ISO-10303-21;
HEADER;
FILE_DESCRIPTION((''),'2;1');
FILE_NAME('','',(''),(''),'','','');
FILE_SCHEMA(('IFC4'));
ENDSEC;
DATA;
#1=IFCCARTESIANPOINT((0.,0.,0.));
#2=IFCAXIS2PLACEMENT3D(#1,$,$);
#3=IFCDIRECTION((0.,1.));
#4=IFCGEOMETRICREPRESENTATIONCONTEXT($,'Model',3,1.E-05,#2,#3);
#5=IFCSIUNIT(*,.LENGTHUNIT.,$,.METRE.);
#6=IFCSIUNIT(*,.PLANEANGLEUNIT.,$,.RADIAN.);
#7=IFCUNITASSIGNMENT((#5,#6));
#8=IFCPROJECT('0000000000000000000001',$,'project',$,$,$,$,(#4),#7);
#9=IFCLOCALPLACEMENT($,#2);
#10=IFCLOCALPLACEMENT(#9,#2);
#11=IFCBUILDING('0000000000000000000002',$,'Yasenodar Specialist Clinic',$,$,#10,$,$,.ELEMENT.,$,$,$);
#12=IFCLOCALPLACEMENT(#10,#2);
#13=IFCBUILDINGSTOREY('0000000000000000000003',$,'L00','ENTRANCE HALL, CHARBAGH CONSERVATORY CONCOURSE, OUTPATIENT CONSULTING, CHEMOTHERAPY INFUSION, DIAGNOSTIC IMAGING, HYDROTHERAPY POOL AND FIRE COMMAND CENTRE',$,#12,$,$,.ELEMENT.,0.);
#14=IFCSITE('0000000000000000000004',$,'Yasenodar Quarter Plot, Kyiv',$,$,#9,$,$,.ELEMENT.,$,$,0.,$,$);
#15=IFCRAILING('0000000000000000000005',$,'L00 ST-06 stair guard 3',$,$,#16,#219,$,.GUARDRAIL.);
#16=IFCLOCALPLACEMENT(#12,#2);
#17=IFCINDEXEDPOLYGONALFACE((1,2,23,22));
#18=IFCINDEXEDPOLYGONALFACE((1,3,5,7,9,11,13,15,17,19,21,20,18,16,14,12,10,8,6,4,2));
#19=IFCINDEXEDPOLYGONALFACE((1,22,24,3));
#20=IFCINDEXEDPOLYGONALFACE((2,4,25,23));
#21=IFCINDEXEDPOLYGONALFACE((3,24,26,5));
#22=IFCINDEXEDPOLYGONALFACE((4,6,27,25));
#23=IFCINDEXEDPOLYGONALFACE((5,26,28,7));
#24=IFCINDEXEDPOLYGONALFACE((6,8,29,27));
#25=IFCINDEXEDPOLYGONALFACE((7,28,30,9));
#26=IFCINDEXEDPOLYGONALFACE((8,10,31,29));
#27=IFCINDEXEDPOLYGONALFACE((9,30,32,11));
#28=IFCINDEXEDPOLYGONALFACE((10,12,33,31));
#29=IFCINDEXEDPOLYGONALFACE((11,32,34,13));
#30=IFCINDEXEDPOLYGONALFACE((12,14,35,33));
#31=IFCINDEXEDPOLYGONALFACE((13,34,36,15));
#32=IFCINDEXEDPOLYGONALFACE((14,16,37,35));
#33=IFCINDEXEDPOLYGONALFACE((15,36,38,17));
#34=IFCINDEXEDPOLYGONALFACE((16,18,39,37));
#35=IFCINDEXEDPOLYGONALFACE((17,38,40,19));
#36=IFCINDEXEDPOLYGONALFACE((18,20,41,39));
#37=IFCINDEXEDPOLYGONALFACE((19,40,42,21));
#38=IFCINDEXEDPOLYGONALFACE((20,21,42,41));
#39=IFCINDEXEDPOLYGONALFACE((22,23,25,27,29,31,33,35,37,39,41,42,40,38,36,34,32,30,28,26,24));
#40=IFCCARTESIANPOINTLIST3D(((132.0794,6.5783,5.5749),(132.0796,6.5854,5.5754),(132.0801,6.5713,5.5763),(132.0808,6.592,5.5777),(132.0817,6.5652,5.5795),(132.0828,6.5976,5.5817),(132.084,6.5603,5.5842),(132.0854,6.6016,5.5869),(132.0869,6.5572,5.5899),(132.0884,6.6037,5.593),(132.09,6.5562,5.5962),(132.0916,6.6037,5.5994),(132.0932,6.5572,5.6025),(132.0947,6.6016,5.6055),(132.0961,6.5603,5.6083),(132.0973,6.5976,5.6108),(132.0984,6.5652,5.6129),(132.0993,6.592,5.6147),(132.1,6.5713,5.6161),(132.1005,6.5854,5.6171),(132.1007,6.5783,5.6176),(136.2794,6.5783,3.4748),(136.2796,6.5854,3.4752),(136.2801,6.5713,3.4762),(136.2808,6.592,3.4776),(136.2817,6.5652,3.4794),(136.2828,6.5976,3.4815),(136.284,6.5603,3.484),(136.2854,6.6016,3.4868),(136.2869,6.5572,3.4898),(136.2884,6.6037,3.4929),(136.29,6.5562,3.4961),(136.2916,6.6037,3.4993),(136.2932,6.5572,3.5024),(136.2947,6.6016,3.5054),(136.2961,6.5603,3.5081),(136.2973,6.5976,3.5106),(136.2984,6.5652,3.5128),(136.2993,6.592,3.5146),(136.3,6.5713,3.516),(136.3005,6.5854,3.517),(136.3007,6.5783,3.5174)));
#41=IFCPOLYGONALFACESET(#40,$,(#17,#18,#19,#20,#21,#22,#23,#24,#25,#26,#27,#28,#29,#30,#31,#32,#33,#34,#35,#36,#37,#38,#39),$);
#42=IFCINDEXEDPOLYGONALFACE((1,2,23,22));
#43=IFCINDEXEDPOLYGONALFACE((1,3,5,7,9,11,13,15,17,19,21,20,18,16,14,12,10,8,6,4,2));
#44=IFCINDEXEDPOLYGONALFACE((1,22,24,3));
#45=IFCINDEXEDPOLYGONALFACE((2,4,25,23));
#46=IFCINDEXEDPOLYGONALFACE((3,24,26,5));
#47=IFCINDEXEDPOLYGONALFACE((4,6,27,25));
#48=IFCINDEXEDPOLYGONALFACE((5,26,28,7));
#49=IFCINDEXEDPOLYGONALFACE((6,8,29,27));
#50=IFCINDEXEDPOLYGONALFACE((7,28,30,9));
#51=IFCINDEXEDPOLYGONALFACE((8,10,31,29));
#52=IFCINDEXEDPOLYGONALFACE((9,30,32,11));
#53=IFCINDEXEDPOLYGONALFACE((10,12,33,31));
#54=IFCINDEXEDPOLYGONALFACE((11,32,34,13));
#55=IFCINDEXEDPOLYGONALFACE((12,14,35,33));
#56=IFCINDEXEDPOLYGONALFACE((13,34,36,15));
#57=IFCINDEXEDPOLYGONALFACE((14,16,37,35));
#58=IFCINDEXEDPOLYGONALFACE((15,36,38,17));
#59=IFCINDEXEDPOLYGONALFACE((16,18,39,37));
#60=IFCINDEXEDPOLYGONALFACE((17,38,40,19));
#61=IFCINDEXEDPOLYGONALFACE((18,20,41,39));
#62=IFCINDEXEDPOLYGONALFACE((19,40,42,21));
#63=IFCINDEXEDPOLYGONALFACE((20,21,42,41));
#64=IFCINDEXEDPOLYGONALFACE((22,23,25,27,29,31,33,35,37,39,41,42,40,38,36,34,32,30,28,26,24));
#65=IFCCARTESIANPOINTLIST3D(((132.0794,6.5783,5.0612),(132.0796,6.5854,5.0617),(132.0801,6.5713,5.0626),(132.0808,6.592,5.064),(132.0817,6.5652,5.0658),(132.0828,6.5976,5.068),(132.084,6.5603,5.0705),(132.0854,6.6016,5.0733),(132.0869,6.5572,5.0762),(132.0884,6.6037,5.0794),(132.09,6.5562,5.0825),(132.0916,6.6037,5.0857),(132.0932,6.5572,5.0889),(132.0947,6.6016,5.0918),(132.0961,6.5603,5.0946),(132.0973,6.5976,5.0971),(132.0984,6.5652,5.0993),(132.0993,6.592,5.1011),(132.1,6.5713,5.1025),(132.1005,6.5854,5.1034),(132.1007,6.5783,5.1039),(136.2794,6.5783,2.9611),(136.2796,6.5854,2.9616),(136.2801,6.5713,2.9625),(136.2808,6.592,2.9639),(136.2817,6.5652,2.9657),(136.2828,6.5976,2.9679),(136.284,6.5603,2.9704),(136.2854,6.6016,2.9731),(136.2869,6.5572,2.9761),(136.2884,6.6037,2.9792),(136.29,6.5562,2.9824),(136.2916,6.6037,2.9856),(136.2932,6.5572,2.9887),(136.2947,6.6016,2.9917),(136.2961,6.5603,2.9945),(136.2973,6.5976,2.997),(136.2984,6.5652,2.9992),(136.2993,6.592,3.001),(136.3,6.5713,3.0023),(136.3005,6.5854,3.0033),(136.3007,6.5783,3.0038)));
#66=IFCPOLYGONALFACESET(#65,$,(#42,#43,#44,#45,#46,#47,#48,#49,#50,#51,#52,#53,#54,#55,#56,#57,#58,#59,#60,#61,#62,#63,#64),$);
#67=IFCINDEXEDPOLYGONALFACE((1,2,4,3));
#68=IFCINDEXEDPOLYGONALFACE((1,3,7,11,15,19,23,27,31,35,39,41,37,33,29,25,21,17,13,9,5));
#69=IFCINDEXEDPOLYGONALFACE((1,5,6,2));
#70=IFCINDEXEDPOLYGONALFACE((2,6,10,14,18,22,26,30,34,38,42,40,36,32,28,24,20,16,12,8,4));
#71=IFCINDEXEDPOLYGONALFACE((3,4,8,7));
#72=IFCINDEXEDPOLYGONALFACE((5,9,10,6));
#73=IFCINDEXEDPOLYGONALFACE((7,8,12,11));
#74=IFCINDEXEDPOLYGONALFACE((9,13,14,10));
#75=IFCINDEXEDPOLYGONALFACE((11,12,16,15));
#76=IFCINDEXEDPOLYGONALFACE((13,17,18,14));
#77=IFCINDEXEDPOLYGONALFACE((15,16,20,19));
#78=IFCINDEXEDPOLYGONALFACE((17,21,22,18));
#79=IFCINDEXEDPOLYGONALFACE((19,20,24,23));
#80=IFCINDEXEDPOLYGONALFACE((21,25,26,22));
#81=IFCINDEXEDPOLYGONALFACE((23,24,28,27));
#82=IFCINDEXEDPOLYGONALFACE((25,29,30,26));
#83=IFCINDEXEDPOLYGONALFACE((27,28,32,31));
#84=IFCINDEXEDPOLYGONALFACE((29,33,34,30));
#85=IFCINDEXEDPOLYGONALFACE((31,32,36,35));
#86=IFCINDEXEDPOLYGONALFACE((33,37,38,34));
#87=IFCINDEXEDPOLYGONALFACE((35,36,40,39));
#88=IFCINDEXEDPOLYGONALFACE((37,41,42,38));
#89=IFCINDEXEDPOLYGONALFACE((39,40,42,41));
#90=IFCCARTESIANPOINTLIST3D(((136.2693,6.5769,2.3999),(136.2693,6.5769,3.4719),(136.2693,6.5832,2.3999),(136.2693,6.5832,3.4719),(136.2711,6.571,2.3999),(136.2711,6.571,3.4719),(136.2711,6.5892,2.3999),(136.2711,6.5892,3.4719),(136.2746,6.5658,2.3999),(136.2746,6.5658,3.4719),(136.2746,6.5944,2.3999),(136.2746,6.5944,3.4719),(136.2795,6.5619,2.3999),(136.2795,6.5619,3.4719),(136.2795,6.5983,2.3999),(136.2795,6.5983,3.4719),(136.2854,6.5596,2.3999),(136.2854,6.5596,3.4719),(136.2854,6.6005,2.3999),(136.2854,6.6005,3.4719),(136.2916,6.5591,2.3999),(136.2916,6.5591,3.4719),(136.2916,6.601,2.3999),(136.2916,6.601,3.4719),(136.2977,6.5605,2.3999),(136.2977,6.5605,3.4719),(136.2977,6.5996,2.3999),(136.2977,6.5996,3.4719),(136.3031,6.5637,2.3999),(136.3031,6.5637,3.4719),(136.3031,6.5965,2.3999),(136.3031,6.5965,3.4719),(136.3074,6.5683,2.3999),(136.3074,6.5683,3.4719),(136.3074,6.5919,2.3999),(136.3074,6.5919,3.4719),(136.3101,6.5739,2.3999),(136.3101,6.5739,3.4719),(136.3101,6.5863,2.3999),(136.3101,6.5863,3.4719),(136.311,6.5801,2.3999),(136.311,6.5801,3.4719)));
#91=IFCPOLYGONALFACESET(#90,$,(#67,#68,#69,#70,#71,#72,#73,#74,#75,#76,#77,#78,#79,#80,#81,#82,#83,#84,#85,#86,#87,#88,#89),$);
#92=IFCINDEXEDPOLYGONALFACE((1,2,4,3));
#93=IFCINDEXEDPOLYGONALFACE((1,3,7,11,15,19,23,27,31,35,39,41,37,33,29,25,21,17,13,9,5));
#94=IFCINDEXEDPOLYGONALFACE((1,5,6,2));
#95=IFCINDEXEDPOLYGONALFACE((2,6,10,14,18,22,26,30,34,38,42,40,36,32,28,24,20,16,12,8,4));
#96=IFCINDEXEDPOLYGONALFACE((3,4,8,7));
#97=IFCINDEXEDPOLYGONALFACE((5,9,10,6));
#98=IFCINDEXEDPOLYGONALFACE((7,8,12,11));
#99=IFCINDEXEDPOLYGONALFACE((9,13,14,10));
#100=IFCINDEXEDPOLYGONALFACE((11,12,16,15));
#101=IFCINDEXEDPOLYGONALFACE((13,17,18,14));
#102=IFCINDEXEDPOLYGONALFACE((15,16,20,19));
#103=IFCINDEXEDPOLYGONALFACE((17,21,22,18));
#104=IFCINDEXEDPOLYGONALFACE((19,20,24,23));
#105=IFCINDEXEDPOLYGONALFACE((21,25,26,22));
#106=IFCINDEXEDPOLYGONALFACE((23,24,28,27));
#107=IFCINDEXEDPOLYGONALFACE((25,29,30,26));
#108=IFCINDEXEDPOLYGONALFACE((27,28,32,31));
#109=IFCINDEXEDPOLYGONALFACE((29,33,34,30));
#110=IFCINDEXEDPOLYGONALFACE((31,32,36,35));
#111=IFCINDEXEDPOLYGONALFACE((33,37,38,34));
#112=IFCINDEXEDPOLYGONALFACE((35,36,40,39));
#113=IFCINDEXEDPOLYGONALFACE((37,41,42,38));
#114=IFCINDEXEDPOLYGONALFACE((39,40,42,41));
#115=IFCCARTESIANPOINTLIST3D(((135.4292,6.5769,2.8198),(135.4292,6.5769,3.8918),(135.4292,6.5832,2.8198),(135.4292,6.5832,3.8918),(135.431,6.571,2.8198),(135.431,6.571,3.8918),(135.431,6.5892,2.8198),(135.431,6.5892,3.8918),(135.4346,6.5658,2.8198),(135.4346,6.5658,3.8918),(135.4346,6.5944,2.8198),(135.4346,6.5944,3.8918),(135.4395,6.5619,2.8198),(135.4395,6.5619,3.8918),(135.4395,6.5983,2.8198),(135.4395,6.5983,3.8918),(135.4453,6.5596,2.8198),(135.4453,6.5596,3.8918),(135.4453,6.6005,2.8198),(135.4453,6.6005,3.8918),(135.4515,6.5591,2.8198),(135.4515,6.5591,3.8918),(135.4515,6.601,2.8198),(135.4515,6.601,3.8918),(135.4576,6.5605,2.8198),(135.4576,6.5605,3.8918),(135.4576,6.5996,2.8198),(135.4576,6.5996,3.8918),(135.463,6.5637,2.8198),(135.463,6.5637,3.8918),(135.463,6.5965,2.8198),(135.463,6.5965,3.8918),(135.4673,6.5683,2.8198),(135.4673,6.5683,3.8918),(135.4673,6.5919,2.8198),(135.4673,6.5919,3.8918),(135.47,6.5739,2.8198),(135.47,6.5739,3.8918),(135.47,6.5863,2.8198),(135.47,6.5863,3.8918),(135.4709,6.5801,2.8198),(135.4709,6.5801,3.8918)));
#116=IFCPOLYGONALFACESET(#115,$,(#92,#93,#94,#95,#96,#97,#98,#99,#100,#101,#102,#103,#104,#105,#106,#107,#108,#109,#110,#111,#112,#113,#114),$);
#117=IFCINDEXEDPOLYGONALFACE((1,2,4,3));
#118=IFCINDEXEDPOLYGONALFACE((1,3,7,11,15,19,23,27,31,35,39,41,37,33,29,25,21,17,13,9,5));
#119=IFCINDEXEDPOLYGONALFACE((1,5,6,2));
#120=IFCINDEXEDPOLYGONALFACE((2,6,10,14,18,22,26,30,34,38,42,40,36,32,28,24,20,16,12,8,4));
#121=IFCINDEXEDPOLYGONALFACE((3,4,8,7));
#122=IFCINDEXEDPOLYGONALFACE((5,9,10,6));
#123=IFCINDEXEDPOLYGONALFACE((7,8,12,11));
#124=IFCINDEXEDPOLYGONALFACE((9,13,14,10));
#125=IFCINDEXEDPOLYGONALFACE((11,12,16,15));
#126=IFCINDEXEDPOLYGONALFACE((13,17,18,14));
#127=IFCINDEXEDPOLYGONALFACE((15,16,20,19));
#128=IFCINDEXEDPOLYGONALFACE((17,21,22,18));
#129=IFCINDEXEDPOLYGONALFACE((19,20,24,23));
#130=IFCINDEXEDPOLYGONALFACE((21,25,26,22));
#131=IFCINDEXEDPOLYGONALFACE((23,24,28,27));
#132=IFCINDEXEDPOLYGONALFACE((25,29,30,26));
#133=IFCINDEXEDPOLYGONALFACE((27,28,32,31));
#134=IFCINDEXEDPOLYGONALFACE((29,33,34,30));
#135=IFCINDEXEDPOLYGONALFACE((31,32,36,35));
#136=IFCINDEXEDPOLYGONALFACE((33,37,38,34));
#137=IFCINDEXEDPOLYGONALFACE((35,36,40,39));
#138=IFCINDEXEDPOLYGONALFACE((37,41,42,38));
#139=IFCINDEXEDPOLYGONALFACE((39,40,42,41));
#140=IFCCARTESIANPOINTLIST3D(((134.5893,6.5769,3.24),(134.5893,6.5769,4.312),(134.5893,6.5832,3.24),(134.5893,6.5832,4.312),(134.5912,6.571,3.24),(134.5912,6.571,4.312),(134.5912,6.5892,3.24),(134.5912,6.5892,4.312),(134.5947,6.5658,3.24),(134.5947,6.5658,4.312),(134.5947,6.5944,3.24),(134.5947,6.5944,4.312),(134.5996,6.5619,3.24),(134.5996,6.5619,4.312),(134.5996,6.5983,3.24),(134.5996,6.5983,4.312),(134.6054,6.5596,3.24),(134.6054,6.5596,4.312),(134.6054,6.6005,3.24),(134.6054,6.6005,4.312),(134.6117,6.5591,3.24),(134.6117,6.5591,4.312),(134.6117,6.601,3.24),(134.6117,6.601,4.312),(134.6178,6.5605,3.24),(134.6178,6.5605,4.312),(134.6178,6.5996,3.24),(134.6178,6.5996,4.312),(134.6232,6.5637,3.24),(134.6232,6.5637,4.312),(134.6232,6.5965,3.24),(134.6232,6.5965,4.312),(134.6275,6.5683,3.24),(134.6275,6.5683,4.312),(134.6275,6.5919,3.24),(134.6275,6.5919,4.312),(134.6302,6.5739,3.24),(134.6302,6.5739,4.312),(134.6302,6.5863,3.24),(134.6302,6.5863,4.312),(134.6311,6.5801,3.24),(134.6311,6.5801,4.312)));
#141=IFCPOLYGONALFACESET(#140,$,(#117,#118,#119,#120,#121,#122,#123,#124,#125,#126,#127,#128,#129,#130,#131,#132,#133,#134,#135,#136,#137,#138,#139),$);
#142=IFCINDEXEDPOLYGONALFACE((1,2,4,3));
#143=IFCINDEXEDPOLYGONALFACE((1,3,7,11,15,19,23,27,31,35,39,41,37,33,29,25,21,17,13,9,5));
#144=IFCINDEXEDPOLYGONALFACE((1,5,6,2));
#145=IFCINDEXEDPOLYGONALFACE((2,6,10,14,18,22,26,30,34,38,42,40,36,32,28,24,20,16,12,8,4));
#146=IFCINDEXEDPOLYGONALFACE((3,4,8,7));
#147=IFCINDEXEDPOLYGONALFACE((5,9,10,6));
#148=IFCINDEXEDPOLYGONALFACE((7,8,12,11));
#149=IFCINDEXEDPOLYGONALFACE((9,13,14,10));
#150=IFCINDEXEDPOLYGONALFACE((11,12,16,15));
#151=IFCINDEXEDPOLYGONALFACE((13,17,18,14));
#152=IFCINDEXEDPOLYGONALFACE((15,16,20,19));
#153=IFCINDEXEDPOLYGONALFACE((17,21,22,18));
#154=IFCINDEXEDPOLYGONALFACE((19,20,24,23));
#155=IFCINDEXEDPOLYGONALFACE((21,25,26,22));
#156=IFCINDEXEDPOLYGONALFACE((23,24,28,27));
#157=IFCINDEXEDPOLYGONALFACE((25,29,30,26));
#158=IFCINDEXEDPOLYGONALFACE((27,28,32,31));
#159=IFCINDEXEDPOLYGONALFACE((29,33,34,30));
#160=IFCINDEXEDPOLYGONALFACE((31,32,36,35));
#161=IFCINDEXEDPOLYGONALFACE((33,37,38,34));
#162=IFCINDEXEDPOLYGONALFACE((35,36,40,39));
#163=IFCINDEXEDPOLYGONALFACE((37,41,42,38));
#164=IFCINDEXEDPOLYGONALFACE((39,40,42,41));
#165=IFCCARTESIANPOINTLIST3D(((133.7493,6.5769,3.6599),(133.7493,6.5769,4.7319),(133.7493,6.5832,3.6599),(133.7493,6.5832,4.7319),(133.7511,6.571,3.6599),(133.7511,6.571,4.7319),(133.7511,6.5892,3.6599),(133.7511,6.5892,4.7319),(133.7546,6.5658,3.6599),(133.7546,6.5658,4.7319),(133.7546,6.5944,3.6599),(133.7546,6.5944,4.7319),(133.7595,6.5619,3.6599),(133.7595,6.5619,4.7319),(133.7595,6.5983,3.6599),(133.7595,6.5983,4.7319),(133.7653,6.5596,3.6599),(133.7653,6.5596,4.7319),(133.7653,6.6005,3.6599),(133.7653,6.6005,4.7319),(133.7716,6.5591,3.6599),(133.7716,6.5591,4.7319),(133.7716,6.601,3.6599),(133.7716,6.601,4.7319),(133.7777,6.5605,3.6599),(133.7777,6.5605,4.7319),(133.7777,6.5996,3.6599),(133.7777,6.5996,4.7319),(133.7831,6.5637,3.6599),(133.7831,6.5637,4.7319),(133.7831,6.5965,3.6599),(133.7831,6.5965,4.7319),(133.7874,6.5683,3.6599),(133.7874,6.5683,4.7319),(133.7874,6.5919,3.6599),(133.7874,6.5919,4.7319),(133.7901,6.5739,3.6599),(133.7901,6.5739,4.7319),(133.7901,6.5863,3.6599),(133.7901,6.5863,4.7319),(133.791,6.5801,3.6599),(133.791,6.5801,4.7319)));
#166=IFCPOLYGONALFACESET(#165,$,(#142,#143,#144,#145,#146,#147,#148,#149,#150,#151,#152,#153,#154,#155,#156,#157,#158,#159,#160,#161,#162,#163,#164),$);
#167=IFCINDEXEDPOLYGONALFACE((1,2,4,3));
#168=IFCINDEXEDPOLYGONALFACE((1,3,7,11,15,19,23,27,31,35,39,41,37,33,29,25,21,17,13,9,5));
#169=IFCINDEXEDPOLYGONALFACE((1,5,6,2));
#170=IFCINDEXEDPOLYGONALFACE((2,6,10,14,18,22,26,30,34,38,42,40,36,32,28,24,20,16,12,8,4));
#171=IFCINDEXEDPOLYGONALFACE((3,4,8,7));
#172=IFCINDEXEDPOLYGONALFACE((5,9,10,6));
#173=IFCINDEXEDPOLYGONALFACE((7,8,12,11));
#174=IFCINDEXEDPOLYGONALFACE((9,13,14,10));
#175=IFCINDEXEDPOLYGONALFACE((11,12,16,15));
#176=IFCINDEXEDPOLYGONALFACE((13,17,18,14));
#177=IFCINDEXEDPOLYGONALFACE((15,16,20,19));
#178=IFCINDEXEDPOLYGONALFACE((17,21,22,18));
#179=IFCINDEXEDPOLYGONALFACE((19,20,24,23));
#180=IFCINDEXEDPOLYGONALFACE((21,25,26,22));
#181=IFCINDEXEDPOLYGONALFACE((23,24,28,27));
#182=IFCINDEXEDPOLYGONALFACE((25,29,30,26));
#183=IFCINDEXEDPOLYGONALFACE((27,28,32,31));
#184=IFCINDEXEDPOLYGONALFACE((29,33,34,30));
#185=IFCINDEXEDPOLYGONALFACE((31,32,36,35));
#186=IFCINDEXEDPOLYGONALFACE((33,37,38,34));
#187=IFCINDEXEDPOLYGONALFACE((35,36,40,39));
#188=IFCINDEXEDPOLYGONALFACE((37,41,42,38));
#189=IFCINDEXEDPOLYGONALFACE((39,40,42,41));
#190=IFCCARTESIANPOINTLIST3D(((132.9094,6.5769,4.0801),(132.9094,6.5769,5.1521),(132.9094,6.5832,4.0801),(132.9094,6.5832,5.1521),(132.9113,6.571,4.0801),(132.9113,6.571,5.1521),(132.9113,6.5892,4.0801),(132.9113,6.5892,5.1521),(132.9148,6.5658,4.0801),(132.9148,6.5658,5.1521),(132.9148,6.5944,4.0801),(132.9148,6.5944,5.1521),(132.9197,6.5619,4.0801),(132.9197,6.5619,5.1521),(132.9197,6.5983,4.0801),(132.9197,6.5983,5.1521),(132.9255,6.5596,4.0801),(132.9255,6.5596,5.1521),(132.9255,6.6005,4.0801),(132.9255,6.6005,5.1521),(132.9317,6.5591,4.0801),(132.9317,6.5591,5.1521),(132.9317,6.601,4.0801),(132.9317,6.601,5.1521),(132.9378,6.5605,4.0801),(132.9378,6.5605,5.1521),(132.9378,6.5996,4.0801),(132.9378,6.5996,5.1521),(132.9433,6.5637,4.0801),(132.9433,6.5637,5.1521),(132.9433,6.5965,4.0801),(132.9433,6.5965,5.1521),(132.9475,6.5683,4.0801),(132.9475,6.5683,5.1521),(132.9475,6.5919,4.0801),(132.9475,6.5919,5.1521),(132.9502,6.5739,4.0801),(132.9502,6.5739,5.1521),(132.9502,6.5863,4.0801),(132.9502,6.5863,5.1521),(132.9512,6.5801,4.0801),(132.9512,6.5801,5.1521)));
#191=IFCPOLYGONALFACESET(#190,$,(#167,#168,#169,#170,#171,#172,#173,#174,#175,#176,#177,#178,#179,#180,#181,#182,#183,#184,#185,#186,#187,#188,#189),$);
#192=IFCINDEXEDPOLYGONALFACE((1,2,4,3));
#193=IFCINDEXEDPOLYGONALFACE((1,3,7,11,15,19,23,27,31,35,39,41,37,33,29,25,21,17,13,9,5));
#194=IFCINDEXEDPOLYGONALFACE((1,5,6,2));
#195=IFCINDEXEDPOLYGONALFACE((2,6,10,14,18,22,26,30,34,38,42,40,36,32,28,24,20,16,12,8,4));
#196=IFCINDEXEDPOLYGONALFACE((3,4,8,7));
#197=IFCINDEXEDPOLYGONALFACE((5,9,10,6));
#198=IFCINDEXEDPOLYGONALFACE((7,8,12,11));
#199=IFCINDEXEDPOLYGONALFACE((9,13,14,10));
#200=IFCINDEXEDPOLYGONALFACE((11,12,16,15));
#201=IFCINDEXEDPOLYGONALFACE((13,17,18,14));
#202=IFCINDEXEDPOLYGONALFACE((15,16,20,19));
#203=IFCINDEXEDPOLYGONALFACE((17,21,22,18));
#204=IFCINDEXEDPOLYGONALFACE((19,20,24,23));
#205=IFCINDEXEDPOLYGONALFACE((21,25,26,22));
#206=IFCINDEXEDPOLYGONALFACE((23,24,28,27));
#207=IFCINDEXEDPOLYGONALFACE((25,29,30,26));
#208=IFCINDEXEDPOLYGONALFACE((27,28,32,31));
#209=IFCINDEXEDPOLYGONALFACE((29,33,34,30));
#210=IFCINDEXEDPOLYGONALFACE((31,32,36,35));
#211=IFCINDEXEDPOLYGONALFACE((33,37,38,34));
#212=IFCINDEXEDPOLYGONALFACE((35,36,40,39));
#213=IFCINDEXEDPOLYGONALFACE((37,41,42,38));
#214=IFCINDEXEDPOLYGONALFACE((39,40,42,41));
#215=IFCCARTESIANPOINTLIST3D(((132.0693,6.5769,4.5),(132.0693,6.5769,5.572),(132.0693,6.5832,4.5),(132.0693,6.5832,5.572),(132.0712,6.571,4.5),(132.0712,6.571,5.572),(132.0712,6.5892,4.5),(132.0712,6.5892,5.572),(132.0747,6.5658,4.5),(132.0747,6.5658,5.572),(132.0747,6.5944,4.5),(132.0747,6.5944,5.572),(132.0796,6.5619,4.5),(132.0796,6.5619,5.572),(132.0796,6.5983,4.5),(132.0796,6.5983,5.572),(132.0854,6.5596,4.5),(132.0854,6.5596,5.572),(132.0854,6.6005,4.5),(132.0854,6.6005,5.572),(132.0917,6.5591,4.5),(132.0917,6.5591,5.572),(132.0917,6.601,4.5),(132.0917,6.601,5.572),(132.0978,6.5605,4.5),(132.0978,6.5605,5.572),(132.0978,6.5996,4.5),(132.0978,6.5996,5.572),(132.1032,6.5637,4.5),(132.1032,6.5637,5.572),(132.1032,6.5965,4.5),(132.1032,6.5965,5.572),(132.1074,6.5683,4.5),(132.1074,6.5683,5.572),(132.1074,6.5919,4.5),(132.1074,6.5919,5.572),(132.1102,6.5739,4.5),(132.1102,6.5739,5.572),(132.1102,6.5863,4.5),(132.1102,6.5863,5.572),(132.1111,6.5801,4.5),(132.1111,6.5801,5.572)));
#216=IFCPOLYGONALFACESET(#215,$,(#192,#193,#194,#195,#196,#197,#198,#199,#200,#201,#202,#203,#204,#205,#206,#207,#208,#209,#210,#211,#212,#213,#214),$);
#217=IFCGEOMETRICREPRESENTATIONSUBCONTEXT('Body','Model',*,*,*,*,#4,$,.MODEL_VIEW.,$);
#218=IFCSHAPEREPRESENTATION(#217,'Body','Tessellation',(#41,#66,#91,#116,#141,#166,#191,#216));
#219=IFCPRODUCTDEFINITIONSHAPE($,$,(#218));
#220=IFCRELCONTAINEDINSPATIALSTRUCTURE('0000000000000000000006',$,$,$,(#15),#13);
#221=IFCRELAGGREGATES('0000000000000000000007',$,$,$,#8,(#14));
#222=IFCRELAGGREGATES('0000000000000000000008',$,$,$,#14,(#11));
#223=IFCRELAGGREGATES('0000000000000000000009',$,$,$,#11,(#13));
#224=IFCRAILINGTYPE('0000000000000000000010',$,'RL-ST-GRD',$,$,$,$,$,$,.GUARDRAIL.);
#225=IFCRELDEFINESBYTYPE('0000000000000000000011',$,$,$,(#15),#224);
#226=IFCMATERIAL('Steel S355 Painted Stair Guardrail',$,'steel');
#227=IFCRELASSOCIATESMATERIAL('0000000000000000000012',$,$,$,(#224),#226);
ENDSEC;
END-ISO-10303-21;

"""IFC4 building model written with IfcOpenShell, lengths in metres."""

from ifc_helpers import new_model, si_unit, direction, frame, origin, origin_2d, place, context, subcontext, project, spatial, circle, extrude, material, type_object, element, save


model = new_model("IFC4")

# Units and contexts
model_context = context("Model", 3, precision=1e-05, world=origin(), true_north=direction((0.0, 1.0)))
body_context = subcontext(model_context, "Body", "Model", "MODEL_VIEW")
ifc_project = project(units=[si_unit("LENGTHUNIT", "METRE"), si_unit("PLANEANGLEUNIT", "RADIAN")], contexts=[model_context])

# Site, building, storey
site_placement = place(None, origin())
site = spatial("IfcSite", under=ifc_project, at=site_placement, Name="Yasenodar Quarter Plot, Kyiv", CompositionType="ELEMENT", RefElevation=0.0)
building_placement = place(site_placement, origin())
building = spatial("IfcBuilding", under=site, at=building_placement, Name="Yasenodar Specialist Clinic", CompositionType="ELEMENT")
storey_placement = place(building_placement, origin())
storey = spatial("IfcBuildingStorey", under=building, at=storey_placement, Name="L00", Description="ENTRANCE HALL, CHARBAGH CONSERVATORY CONCOURSE, OUTPATIENT CONSULTING, CHEMOTHERAPY INFUSION, DIAGNOSTIC IMAGING, HYDROTHERAPY POOL AND FIRE COMMAND CENTRE", CompositionType="ELEMENT", Elevation=0.0)

# Railing
ifc_material_1 = material(Name="Steel S355 Painted Stair Guardrail", Category="steel")
railing_type_1 = type_object("IfcRailingType", Name="RL-ST-GRD", PredefinedType="GUARDRAIL", material=ifc_material_1)
railing_1_placement = place(storey_placement, frame((136.29, 6.5801, 2.3999)))
element("IfcRailing", 1, at=railing_1_placement, inside=storey, type_object=railing_type_1, Name="L00 ST-06 stair guard 3", PredefinedType="GUARDRAIL", context=body_context, shape_type="SweptSolid", body=[
    extrude(circle(Radius=0.0239, at=origin_2d()), frame((0.0, 0.0, 1.0962), z_axis=(-0.894417, 0.0, 0.447234), x_axis=(0.0, -1.0, 0.0)), (0.0, 0.0, 1.0), 4.6958),
    extrude(circle(Radius=0.0239, at=origin_2d()), frame((0.0, 0.0, 0.5825), z_axis=(-0.894417, 0.0, 0.447234), x_axis=(0.0, -1.0, 0.0)), (0.0, 0.0, 1.0), 4.6958),
    extrude(circle(Radius=0.021, at=origin_2d()), origin(), (0.0, 0.0, 1.0), 1.072),
    extrude(circle(Radius=0.021, at=origin_2d()), frame((-0.8401, 0.0, 0.4199)), (0.0, 0.0, 1.0), 1.072),
    extrude(circle(Radius=0.021, at=origin_2d()), frame((-1.6799, 0.0, 0.8401)), (0.0, 0.0, 1.0), 1.072),
    extrude(circle(Radius=0.021, at=origin_2d()), frame((-2.52, 0.0, 1.26)), (0.0, 0.0, 1.0), 1.072),
    extrude(circle(Radius=0.021, at=origin_2d()), frame((-3.3599, 0.0, 1.6802)), (0.0, 0.0, 1.0), 1.072),
    extrude(circle(Radius=0.021, at=origin_2d()), frame((-4.2, 0.0, 2.1001)), (0.0, 0.0, 1.0), 1.072),
])

save(model, "model.ifc")
